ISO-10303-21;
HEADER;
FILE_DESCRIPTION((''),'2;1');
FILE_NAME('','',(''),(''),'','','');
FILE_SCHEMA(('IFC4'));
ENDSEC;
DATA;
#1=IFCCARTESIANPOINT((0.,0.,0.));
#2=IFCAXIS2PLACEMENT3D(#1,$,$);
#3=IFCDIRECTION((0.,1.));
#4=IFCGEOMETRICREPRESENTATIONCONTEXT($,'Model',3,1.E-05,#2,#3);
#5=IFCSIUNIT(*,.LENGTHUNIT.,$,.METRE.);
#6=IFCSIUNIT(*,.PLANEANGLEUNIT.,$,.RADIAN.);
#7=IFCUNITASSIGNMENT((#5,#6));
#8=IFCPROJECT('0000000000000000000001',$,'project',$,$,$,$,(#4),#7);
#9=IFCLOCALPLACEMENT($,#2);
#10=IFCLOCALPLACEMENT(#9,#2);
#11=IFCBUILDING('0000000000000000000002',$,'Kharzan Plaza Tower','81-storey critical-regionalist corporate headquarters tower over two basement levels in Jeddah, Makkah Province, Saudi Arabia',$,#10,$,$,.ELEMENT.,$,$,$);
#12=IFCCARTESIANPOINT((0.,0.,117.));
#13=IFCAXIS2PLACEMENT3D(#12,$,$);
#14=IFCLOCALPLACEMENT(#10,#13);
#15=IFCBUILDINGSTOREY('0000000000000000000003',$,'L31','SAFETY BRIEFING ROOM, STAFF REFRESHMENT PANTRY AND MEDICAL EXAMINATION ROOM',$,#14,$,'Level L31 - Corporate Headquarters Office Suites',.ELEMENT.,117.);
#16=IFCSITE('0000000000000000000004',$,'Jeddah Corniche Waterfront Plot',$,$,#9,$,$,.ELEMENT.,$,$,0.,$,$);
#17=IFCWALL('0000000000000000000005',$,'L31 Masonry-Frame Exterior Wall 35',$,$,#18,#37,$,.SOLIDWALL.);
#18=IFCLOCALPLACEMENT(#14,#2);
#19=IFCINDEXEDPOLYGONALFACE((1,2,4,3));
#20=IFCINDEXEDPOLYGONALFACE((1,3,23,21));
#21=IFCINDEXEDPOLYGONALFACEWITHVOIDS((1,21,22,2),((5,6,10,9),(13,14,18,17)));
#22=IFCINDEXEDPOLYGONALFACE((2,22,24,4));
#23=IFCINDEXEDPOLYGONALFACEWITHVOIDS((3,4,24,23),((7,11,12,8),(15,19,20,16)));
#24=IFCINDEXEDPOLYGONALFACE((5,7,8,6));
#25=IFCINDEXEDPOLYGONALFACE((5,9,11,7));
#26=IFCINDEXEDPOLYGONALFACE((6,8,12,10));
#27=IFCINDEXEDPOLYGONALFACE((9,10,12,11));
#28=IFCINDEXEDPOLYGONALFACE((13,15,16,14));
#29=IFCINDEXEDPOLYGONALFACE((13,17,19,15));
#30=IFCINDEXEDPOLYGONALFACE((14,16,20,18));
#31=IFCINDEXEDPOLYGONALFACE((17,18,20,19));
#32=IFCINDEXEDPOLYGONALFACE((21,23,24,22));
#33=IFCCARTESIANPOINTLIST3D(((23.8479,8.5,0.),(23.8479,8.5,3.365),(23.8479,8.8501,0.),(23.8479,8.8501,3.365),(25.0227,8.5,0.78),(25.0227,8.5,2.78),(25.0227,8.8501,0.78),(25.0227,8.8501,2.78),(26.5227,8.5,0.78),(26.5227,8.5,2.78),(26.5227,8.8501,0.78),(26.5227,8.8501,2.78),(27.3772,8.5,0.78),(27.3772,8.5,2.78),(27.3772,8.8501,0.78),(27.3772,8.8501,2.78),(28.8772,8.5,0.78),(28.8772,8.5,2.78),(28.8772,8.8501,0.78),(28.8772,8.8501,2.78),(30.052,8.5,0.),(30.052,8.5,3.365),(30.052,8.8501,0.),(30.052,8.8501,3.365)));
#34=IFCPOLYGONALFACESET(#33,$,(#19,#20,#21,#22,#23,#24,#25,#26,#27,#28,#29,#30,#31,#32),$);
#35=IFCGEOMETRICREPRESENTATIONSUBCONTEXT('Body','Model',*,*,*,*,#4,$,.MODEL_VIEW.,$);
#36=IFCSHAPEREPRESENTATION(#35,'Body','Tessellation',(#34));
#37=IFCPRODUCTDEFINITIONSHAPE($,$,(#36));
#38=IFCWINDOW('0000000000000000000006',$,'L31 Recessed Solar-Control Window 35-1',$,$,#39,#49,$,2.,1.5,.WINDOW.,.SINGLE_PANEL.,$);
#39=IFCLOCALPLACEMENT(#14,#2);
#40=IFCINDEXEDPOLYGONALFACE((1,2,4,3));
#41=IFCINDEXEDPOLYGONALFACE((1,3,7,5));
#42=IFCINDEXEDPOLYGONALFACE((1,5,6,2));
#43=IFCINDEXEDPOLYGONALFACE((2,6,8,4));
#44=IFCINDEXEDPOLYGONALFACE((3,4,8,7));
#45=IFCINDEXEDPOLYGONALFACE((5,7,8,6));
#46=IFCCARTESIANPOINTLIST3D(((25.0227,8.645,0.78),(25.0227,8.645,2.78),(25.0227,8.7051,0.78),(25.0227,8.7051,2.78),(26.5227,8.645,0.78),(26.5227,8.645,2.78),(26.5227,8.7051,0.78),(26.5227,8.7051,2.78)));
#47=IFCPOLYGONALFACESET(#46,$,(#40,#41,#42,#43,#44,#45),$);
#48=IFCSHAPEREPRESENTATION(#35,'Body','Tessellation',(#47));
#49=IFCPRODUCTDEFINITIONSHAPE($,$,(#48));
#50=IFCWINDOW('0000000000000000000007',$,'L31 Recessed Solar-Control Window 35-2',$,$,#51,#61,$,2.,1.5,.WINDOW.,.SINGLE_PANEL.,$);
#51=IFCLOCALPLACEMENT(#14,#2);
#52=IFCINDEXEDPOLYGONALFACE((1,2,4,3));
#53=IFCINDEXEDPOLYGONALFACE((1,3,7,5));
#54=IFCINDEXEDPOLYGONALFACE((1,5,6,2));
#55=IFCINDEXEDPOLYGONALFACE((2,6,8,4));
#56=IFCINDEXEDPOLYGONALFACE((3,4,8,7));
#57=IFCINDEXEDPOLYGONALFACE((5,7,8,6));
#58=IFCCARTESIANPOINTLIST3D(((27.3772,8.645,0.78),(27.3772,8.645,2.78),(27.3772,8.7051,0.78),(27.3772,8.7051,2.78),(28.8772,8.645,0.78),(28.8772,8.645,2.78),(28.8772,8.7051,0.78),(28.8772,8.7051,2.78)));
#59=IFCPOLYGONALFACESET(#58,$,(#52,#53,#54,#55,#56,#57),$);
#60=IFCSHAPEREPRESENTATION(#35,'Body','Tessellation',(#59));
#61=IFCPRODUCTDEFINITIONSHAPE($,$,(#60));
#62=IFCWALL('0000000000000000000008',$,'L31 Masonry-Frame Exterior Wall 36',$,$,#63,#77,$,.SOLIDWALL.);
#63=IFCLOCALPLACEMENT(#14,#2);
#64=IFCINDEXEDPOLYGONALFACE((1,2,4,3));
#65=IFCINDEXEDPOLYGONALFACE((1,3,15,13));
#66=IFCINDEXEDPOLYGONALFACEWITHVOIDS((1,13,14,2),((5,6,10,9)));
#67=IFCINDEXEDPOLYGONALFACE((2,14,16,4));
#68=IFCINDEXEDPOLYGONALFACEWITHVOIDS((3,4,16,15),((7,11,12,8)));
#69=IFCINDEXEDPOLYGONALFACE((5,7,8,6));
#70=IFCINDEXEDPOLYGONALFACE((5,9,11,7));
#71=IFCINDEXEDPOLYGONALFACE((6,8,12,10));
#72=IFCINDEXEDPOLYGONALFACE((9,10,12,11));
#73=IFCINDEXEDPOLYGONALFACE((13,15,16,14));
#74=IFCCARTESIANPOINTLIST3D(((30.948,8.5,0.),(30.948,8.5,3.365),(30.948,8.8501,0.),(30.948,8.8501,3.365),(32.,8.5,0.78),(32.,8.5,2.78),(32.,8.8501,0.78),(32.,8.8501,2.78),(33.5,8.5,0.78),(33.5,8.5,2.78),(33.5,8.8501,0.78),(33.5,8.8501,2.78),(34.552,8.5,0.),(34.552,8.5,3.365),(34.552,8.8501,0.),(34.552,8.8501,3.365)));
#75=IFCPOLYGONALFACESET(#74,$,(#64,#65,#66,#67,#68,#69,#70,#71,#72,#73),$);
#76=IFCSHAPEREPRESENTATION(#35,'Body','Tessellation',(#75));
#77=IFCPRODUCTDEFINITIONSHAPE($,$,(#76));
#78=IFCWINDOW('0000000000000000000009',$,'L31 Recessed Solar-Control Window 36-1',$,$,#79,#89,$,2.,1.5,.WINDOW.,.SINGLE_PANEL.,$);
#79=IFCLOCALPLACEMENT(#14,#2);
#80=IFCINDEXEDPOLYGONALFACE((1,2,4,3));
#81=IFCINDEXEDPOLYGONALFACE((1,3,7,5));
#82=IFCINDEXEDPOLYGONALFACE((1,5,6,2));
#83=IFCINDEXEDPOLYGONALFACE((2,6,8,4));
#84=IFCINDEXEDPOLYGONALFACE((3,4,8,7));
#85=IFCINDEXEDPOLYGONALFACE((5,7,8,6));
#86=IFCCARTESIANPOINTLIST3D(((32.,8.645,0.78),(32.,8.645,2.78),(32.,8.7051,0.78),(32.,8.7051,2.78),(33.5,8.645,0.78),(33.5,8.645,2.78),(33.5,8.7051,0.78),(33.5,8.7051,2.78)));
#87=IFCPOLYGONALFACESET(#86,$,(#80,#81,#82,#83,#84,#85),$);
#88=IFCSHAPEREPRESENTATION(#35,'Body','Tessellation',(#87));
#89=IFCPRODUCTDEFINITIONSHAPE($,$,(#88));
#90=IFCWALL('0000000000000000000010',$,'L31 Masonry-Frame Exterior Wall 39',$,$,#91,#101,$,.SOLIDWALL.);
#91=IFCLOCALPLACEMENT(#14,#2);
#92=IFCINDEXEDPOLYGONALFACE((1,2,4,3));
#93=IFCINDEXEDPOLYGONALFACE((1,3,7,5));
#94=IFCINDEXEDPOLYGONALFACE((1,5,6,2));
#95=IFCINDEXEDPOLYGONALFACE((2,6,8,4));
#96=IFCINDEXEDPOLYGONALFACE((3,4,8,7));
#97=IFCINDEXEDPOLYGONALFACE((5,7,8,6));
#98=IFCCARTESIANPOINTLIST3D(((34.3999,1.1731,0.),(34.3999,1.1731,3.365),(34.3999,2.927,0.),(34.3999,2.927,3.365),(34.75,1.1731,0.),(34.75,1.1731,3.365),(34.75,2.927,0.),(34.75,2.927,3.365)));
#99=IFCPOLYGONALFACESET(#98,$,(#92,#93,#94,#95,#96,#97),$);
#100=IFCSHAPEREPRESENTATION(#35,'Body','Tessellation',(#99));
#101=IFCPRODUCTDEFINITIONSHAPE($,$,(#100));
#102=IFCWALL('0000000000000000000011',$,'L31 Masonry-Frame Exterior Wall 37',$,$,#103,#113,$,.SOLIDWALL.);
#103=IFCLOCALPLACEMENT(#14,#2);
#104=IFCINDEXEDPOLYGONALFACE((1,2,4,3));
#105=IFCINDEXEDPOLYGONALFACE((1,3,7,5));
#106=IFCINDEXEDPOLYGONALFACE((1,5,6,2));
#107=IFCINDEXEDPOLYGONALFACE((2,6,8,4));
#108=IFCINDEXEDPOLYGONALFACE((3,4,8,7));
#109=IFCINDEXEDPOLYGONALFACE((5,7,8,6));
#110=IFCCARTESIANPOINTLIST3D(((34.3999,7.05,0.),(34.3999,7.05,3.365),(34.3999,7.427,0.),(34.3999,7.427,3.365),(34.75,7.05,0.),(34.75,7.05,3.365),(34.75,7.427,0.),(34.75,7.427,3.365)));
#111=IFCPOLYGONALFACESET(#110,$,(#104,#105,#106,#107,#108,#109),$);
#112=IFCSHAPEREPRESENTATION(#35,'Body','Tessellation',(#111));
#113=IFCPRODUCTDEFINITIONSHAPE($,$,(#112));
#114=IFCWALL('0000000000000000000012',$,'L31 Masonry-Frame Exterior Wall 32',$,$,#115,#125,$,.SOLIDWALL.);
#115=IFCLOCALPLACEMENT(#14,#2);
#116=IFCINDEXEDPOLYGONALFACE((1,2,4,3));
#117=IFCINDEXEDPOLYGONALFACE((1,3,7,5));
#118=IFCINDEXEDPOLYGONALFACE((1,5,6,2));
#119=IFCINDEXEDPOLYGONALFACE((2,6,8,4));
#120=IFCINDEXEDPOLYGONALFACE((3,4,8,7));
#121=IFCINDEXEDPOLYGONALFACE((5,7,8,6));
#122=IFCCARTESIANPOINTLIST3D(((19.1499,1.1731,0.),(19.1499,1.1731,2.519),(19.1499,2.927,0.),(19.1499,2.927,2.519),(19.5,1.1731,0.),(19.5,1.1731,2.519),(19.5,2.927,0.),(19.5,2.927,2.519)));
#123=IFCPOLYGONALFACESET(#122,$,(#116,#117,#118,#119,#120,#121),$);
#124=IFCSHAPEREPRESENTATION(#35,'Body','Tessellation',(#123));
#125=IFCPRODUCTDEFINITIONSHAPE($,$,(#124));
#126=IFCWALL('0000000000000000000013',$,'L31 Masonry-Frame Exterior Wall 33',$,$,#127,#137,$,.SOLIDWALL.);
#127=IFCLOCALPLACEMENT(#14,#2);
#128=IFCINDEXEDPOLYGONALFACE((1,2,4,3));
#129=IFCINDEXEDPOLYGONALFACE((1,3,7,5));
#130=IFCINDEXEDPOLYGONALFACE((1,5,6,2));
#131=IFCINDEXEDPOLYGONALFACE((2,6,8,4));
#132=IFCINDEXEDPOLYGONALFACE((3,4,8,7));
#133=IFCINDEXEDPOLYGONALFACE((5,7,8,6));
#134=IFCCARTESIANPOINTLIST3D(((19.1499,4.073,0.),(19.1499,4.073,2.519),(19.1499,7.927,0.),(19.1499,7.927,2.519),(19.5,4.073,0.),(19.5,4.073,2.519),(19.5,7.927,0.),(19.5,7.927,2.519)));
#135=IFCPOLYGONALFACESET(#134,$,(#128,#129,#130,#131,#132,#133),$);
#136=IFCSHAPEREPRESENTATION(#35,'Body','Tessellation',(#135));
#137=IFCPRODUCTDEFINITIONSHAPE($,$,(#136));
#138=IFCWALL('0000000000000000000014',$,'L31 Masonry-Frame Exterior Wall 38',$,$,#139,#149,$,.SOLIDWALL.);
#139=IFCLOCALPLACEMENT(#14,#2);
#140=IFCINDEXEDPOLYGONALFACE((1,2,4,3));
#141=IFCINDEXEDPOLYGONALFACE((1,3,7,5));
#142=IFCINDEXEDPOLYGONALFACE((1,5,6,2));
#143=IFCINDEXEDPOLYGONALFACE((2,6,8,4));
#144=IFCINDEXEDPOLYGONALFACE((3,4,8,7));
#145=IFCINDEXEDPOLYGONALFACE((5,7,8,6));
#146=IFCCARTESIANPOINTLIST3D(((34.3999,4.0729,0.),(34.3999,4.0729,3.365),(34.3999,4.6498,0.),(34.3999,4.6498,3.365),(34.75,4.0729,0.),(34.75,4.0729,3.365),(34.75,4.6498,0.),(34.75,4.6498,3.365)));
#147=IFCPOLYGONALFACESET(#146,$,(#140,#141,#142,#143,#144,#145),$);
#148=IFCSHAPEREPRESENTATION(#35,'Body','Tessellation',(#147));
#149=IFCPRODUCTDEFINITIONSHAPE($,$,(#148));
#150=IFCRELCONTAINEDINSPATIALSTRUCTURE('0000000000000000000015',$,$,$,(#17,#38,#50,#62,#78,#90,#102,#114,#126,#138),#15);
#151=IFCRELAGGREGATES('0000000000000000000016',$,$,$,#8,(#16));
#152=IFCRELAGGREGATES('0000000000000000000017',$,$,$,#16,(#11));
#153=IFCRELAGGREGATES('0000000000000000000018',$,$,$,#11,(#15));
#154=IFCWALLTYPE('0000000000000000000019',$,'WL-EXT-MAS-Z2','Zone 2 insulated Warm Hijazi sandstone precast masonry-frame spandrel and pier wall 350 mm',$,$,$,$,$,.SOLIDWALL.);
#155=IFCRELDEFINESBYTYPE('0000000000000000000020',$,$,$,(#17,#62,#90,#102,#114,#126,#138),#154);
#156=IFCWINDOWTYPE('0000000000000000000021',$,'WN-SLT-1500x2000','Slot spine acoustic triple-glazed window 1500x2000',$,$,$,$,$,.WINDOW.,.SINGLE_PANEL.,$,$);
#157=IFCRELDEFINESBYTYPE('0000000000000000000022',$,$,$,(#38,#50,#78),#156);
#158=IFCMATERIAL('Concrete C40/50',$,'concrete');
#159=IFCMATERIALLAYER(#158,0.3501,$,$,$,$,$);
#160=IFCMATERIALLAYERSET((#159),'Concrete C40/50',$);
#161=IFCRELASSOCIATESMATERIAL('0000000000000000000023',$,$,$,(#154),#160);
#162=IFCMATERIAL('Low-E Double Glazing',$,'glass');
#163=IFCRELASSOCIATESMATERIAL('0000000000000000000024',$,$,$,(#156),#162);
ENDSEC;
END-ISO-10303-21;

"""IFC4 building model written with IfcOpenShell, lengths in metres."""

from ifc_helpers import new_model, si_unit, direction, frame, frame_2d, origin, place, context, subcontext, project, spatial, rectangle, extrude, source, transform, mapped, material, layer, layer_set, type_object, element, fill, save


model = new_model("IFC4")

# Units and contexts
model_context = context("Model", 3, precision=1e-05, world=origin(), true_north=direction((0.0, 1.0)))
body_context = subcontext(model_context, "Body", "Model", "MODEL_VIEW")
ifc_project = project(units=[si_unit("LENGTHUNIT", "METRE"), si_unit("PLANEANGLEUNIT", "RADIAN")], contexts=[model_context])

# Site, building, storey
site_placement = place(None, origin())
site = spatial("IfcSite", under=ifc_project, at=site_placement, Name="Jeddah Corniche Waterfront Plot", CompositionType="ELEMENT", RefElevation=0.0)
building_placement = place(site_placement, origin())
building = spatial("IfcBuilding", under=site, at=building_placement, Name="Kharzan Plaza Tower", Description="81-storey critical-regionalist corporate headquarters tower over two basement levels in Jeddah, Makkah Province, Saudi Arabia", CompositionType="ELEMENT")
storey_placement = place(building_placement, frame((0.0, 0.0, 117.0)))
storey = spatial("IfcBuildingStorey", under=building, at=storey_placement, Name="L31", Description="SAFETY BRIEFING ROOM, STAFF REFRESHMENT PANTRY AND MEDICAL EXAMINATION ROOM", LongName="Level L31 - Corporate Headquarters Office Suites", CompositionType="ELEMENT", Elevation=117.0)

# Shared definitions
ifc_material_1 = material(Name="Concrete C40/50", Category="concrete")
ifc_layer_1 = layer(ifc_material_1, 0.3501)
ifc_layer_set_1 = layer_set([ifc_layer_1], Name="Concrete C40/50")
wall_type = type_object("IfcWallType", Name="WL-EXT-MAS-Z2", Description="Zone 2 insulated Warm Hijazi sandstone precast masonry-frame spandrel and pier wall 350 mm", PredefinedType="SOLIDWALL", material=ifc_layer_set_1)
ifc_material_2 = material(Name="Low-E Double Glazing", Category="glass")
window_type = type_object("IfcWindowType", Name="WN-SLT-1500x2000", Description="Slot spine acoustic triple-glazed window 1500x2000", PartitioningType="SINGLE_PANEL", PredefinedType="WINDOW", material=ifc_material_2)
shared_shape_1 = source(origin(), body_context, "Body", "SweptSolid", [
    extrude(rectangle(XDim=1.5, YDim=2.0, at=frame_2d((0.75, 1.0))), frame((0.0, 0.03, 0.0), z_axis=(0.0, -1.0, 0.0), x_axis=(1.0, 0.0, 0.0)), (0.0, 0.0, 1.0), 0.0601),
])

# Wall, openings, windows
wall_1_placement = place(storey_placement, frame((23.8479, 8.675, 0.0), z_axis=(0.0, 0.0, 1.0), x_axis=(1.0, 0.0, 0.0)))
wall_1 = element("IfcWall", 1, at=wall_1_placement, inside=storey, type_object=wall_type, Name="L31 Masonry-Frame Exterior Wall 35", PredefinedType="SOLIDWALL", context=body_context, shape_type="SweptSolid", body=[
    extrude(rectangle(XDim=6.2041, YDim=0.3501, at=frame_2d((3.1021, 0.0))), origin(), (0.0, 0.0, 1.0), 3.365),
])
opening_1_placement = place(wall_1_placement, frame((1.1748, 0.0, 0.78)))
opening_1 = element("IfcOpeningElement", 2, at=opening_1_placement, cuts=wall_1, PredefinedType="OPENING", context=body_context, shape_type="SweptSolid", body=[
    extrude(rectangle(XDim=1.5, YDim=2.0, at=frame_2d((0.75, 1.0))), frame((0.0, 0.1851, 0.0), z_axis=(0.0, -1.0, 0.0), x_axis=(1.0, 0.0, 0.0)), (0.0, 0.0, 1.0), 0.3701),
])
opening_2_placement = place(wall_1_placement, frame((3.5293, 0.0, 0.78)))
opening_2 = element("IfcOpeningElement", 3, at=opening_2_placement, cuts=wall_1, PredefinedType="OPENING", context=body_context, shape_type="SweptSolid", body=[
    extrude(rectangle(XDim=1.5, YDim=2.0, at=frame_2d((0.75, 1.0))), frame((0.0, 0.1851, 0.0), z_axis=(0.0, -1.0, 0.0), x_axis=(1.0, 0.0, 0.0)), (0.0, 0.0, 1.0), 0.3701),
])
window_1_placement = place(opening_1_placement, origin())
window_1 = element("IfcWindow", 4, at=window_1_placement, inside=storey, type_object=window_type, Name="L31 Recessed Solar-Control Window 35-1", OverallHeight=2.0, OverallWidth=1.5, PartitioningType="SINGLE_PANEL", PredefinedType="WINDOW", context=body_context, shape_type="MappedRepresentation", body=[
    mapped(shared_shape_1, transform((0.0, 0.0, 0.0), x_axis=(1.0, 0.0, 0.0), y_axis=(0.0, 1.0, 0.0), z_axis=(0.0, 0.0, 1.0))),
])
fill(opening_1, window_1)
window_2_placement = place(opening_2_placement, origin())
window_2 = element("IfcWindow", 5, at=window_2_placement, inside=storey, type_object=window_type, Name="L31 Recessed Solar-Control Window 35-2", OverallHeight=2.0, OverallWidth=1.5, PartitioningType="SINGLE_PANEL", PredefinedType="WINDOW", context=body_context, shape_type="MappedRepresentation", body=[
    mapped(shared_shape_1, transform((0.0, 0.0, 0.0), x_axis=(1.0, 0.0, 0.0), y_axis=(0.0, 1.0, 0.0), z_axis=(0.0, 0.0, 1.0))),
])
fill(opening_2, window_2)

# Wall, opening, window
wall_2_placement = place(storey_placement, frame((30.948, 8.675, 0.0), z_axis=(0.0, 0.0, 1.0), x_axis=(1.0, 0.0, 0.0)))
wall_2 = element("IfcWall", 6, at=wall_2_placement, inside=storey, type_object=wall_type, Name="L31 Masonry-Frame Exterior Wall 36", PredefinedType="SOLIDWALL", context=body_context, shape_type="SweptSolid", body=[
    extrude(rectangle(XDim=3.604, YDim=0.3501, at=frame_2d((1.802, 0.0))), origin(), (0.0, 0.0, 1.0), 3.365),
])
opening_3_placement = place(wall_2_placement, frame((1.052, 0.0, 0.78)))
opening_3 = element("IfcOpeningElement", 7, at=opening_3_placement, cuts=wall_2, PredefinedType="OPENING", context=body_context, shape_type="SweptSolid", body=[
    extrude(rectangle(XDim=1.5, YDim=2.0, at=frame_2d((0.75, 1.0))), frame((0.0, 0.1851, 0.0), z_axis=(0.0, -1.0, 0.0), x_axis=(1.0, 0.0, 0.0)), (0.0, 0.0, 1.0), 0.3701),
])
window_3_placement = place(opening_3_placement, origin())
window_3 = element("IfcWindow", 8, at=window_3_placement, inside=storey, type_object=window_type, Name="L31 Recessed Solar-Control Window 36-1", OverallHeight=2.0, OverallWidth=1.5, PartitioningType="SINGLE_PANEL", PredefinedType="WINDOW", context=body_context, shape_type="MappedRepresentation", body=[
    mapped(shared_shape_1, transform((0.0, 0.0, 0.0), x_axis=(1.0, 0.0, 0.0), y_axis=(0.0, 1.0, 0.0), z_axis=(0.0, 0.0, 1.0))),
])
fill(opening_3, window_3)

# Walls
shared_shape_2 = source(origin(), body_context, "Body", "SweptSolid", [
    extrude(rectangle(XDim=1.7539, YDim=0.3501, at=frame_2d((0.877, 0.0))), origin(), (0.0, 0.0, 1.0), 3.365),
])
wall_3_placement = place(storey_placement, frame((34.575, 2.927, 0.0), z_axis=(0.0, 0.0, 1.0), x_axis=(0.0, -1.0, 0.0)))
element("IfcWall", 9, at=wall_3_placement, inside=storey, type_object=wall_type, Name="L31 Masonry-Frame Exterior Wall 39", PredefinedType="SOLIDWALL", context=body_context, shape_type="MappedRepresentation", body=[
    mapped(shared_shape_2, transform((0.0, 0.0, 0.0), x_axis=(1.0, 0.0, 0.0), y_axis=(0.0, 1.0, 0.0), z_axis=(0.0, 0.0, 1.0))),
])
shared_shape_3 = source(origin(), body_context, "Body", "SweptSolid", [
    extrude(rectangle(XDim=0.377, YDim=0.3501, at=frame_2d((0.1885, 0.0))), origin(), (0.0, 0.0, 1.0), 3.365),
])
wall_4_placement = place(storey_placement, frame((34.575, 7.427, 0.0), z_axis=(0.0, 0.0, 1.0), x_axis=(0.0, -1.0, 0.0)))
element("IfcWall", 10, at=wall_4_placement, inside=storey, type_object=wall_type, Name="L31 Masonry-Frame Exterior Wall 37", PredefinedType="SOLIDWALL", context=body_context, shape_type="MappedRepresentation", body=[
    mapped(shared_shape_3, transform((0.0, 0.0, 0.0), x_axis=(1.0, 0.0, 0.0), y_axis=(0.0, 1.0, 0.0), z_axis=(0.0, 0.0, 1.0))),
])
shared_shape_4 = source(origin(), body_context, "Body", "SweptSolid", [
    extrude(rectangle(XDim=1.7539, YDim=0.3501, at=frame_2d((0.877, 0.0))), origin(), (0.0, 0.0, 1.0), 2.519),
])
wall_5_placement = place(storey_placement, frame((19.325, 1.1731, 0.0), z_axis=(0.0, 0.0, 1.0), x_axis=(0.0, 1.0, 0.0)))
element("IfcWall", 11, at=wall_5_placement, inside=storey, type_object=wall_type, Name="L31 Masonry-Frame Exterior Wall 32", PredefinedType="SOLIDWALL", context=body_context, shape_type="MappedRepresentation", body=[
    mapped(shared_shape_4, transform((0.0, 0.0, 0.0), x_axis=(1.0, 0.0, 0.0), y_axis=(0.0, 1.0, 0.0), z_axis=(0.0, 0.0, 1.0))),
])
shared_shape_5 = source(origin(), body_context, "Body", "SweptSolid", [
    extrude(rectangle(XDim=3.854, YDim=0.3501, at=frame_2d((1.927, 0.0))), origin(), (0.0, 0.0, 1.0), 2.519),
])
wall_6_placement = place(storey_placement, frame((19.325, 4.073, 0.0), z_axis=(0.0, 0.0, 1.0), x_axis=(0.0, 1.0, 0.0)))
element("IfcWall", 12, at=wall_6_placement, inside=storey, type_object=wall_type, Name="L31 Masonry-Frame Exterior Wall 33", PredefinedType="SOLIDWALL", context=body_context, shape_type="MappedRepresentation", body=[
    mapped(shared_shape_5, transform((0.0, 0.0, 0.0), x_axis=(1.0, 0.0, 0.0), y_axis=(0.0, 1.0, 0.0), z_axis=(0.0, 0.0, 1.0))),
])
shared_shape_6 = source(origin(), body_context, "Body", "SweptSolid", [
    extrude(rectangle(XDim=0.5769, YDim=0.3501, at=frame_2d((0.2886, 0.0))), origin(), (0.0, 0.0, 1.0), 3.365),
])
wall_7_placement = place(storey_placement, frame((34.575, 4.6499, 0.0), z_axis=(0.0, 0.0, 1.0), x_axis=(0.0, -1.0, 0.0)))
element("IfcWall", 13, at=wall_7_placement, inside=storey, type_object=wall_type, Name="L31 Masonry-Frame Exterior Wall 38", PredefinedType="SOLIDWALL", context=body_context, shape_type="MappedRepresentation", body=[
    mapped(shared_shape_6, transform((0.0, 0.0, 0.0), x_axis=(1.0, 0.0, 0.0), y_axis=(0.0, 1.0, 0.0), z_axis=(0.0, 0.0, 1.0))),
])

save(model, "model.ifc")
